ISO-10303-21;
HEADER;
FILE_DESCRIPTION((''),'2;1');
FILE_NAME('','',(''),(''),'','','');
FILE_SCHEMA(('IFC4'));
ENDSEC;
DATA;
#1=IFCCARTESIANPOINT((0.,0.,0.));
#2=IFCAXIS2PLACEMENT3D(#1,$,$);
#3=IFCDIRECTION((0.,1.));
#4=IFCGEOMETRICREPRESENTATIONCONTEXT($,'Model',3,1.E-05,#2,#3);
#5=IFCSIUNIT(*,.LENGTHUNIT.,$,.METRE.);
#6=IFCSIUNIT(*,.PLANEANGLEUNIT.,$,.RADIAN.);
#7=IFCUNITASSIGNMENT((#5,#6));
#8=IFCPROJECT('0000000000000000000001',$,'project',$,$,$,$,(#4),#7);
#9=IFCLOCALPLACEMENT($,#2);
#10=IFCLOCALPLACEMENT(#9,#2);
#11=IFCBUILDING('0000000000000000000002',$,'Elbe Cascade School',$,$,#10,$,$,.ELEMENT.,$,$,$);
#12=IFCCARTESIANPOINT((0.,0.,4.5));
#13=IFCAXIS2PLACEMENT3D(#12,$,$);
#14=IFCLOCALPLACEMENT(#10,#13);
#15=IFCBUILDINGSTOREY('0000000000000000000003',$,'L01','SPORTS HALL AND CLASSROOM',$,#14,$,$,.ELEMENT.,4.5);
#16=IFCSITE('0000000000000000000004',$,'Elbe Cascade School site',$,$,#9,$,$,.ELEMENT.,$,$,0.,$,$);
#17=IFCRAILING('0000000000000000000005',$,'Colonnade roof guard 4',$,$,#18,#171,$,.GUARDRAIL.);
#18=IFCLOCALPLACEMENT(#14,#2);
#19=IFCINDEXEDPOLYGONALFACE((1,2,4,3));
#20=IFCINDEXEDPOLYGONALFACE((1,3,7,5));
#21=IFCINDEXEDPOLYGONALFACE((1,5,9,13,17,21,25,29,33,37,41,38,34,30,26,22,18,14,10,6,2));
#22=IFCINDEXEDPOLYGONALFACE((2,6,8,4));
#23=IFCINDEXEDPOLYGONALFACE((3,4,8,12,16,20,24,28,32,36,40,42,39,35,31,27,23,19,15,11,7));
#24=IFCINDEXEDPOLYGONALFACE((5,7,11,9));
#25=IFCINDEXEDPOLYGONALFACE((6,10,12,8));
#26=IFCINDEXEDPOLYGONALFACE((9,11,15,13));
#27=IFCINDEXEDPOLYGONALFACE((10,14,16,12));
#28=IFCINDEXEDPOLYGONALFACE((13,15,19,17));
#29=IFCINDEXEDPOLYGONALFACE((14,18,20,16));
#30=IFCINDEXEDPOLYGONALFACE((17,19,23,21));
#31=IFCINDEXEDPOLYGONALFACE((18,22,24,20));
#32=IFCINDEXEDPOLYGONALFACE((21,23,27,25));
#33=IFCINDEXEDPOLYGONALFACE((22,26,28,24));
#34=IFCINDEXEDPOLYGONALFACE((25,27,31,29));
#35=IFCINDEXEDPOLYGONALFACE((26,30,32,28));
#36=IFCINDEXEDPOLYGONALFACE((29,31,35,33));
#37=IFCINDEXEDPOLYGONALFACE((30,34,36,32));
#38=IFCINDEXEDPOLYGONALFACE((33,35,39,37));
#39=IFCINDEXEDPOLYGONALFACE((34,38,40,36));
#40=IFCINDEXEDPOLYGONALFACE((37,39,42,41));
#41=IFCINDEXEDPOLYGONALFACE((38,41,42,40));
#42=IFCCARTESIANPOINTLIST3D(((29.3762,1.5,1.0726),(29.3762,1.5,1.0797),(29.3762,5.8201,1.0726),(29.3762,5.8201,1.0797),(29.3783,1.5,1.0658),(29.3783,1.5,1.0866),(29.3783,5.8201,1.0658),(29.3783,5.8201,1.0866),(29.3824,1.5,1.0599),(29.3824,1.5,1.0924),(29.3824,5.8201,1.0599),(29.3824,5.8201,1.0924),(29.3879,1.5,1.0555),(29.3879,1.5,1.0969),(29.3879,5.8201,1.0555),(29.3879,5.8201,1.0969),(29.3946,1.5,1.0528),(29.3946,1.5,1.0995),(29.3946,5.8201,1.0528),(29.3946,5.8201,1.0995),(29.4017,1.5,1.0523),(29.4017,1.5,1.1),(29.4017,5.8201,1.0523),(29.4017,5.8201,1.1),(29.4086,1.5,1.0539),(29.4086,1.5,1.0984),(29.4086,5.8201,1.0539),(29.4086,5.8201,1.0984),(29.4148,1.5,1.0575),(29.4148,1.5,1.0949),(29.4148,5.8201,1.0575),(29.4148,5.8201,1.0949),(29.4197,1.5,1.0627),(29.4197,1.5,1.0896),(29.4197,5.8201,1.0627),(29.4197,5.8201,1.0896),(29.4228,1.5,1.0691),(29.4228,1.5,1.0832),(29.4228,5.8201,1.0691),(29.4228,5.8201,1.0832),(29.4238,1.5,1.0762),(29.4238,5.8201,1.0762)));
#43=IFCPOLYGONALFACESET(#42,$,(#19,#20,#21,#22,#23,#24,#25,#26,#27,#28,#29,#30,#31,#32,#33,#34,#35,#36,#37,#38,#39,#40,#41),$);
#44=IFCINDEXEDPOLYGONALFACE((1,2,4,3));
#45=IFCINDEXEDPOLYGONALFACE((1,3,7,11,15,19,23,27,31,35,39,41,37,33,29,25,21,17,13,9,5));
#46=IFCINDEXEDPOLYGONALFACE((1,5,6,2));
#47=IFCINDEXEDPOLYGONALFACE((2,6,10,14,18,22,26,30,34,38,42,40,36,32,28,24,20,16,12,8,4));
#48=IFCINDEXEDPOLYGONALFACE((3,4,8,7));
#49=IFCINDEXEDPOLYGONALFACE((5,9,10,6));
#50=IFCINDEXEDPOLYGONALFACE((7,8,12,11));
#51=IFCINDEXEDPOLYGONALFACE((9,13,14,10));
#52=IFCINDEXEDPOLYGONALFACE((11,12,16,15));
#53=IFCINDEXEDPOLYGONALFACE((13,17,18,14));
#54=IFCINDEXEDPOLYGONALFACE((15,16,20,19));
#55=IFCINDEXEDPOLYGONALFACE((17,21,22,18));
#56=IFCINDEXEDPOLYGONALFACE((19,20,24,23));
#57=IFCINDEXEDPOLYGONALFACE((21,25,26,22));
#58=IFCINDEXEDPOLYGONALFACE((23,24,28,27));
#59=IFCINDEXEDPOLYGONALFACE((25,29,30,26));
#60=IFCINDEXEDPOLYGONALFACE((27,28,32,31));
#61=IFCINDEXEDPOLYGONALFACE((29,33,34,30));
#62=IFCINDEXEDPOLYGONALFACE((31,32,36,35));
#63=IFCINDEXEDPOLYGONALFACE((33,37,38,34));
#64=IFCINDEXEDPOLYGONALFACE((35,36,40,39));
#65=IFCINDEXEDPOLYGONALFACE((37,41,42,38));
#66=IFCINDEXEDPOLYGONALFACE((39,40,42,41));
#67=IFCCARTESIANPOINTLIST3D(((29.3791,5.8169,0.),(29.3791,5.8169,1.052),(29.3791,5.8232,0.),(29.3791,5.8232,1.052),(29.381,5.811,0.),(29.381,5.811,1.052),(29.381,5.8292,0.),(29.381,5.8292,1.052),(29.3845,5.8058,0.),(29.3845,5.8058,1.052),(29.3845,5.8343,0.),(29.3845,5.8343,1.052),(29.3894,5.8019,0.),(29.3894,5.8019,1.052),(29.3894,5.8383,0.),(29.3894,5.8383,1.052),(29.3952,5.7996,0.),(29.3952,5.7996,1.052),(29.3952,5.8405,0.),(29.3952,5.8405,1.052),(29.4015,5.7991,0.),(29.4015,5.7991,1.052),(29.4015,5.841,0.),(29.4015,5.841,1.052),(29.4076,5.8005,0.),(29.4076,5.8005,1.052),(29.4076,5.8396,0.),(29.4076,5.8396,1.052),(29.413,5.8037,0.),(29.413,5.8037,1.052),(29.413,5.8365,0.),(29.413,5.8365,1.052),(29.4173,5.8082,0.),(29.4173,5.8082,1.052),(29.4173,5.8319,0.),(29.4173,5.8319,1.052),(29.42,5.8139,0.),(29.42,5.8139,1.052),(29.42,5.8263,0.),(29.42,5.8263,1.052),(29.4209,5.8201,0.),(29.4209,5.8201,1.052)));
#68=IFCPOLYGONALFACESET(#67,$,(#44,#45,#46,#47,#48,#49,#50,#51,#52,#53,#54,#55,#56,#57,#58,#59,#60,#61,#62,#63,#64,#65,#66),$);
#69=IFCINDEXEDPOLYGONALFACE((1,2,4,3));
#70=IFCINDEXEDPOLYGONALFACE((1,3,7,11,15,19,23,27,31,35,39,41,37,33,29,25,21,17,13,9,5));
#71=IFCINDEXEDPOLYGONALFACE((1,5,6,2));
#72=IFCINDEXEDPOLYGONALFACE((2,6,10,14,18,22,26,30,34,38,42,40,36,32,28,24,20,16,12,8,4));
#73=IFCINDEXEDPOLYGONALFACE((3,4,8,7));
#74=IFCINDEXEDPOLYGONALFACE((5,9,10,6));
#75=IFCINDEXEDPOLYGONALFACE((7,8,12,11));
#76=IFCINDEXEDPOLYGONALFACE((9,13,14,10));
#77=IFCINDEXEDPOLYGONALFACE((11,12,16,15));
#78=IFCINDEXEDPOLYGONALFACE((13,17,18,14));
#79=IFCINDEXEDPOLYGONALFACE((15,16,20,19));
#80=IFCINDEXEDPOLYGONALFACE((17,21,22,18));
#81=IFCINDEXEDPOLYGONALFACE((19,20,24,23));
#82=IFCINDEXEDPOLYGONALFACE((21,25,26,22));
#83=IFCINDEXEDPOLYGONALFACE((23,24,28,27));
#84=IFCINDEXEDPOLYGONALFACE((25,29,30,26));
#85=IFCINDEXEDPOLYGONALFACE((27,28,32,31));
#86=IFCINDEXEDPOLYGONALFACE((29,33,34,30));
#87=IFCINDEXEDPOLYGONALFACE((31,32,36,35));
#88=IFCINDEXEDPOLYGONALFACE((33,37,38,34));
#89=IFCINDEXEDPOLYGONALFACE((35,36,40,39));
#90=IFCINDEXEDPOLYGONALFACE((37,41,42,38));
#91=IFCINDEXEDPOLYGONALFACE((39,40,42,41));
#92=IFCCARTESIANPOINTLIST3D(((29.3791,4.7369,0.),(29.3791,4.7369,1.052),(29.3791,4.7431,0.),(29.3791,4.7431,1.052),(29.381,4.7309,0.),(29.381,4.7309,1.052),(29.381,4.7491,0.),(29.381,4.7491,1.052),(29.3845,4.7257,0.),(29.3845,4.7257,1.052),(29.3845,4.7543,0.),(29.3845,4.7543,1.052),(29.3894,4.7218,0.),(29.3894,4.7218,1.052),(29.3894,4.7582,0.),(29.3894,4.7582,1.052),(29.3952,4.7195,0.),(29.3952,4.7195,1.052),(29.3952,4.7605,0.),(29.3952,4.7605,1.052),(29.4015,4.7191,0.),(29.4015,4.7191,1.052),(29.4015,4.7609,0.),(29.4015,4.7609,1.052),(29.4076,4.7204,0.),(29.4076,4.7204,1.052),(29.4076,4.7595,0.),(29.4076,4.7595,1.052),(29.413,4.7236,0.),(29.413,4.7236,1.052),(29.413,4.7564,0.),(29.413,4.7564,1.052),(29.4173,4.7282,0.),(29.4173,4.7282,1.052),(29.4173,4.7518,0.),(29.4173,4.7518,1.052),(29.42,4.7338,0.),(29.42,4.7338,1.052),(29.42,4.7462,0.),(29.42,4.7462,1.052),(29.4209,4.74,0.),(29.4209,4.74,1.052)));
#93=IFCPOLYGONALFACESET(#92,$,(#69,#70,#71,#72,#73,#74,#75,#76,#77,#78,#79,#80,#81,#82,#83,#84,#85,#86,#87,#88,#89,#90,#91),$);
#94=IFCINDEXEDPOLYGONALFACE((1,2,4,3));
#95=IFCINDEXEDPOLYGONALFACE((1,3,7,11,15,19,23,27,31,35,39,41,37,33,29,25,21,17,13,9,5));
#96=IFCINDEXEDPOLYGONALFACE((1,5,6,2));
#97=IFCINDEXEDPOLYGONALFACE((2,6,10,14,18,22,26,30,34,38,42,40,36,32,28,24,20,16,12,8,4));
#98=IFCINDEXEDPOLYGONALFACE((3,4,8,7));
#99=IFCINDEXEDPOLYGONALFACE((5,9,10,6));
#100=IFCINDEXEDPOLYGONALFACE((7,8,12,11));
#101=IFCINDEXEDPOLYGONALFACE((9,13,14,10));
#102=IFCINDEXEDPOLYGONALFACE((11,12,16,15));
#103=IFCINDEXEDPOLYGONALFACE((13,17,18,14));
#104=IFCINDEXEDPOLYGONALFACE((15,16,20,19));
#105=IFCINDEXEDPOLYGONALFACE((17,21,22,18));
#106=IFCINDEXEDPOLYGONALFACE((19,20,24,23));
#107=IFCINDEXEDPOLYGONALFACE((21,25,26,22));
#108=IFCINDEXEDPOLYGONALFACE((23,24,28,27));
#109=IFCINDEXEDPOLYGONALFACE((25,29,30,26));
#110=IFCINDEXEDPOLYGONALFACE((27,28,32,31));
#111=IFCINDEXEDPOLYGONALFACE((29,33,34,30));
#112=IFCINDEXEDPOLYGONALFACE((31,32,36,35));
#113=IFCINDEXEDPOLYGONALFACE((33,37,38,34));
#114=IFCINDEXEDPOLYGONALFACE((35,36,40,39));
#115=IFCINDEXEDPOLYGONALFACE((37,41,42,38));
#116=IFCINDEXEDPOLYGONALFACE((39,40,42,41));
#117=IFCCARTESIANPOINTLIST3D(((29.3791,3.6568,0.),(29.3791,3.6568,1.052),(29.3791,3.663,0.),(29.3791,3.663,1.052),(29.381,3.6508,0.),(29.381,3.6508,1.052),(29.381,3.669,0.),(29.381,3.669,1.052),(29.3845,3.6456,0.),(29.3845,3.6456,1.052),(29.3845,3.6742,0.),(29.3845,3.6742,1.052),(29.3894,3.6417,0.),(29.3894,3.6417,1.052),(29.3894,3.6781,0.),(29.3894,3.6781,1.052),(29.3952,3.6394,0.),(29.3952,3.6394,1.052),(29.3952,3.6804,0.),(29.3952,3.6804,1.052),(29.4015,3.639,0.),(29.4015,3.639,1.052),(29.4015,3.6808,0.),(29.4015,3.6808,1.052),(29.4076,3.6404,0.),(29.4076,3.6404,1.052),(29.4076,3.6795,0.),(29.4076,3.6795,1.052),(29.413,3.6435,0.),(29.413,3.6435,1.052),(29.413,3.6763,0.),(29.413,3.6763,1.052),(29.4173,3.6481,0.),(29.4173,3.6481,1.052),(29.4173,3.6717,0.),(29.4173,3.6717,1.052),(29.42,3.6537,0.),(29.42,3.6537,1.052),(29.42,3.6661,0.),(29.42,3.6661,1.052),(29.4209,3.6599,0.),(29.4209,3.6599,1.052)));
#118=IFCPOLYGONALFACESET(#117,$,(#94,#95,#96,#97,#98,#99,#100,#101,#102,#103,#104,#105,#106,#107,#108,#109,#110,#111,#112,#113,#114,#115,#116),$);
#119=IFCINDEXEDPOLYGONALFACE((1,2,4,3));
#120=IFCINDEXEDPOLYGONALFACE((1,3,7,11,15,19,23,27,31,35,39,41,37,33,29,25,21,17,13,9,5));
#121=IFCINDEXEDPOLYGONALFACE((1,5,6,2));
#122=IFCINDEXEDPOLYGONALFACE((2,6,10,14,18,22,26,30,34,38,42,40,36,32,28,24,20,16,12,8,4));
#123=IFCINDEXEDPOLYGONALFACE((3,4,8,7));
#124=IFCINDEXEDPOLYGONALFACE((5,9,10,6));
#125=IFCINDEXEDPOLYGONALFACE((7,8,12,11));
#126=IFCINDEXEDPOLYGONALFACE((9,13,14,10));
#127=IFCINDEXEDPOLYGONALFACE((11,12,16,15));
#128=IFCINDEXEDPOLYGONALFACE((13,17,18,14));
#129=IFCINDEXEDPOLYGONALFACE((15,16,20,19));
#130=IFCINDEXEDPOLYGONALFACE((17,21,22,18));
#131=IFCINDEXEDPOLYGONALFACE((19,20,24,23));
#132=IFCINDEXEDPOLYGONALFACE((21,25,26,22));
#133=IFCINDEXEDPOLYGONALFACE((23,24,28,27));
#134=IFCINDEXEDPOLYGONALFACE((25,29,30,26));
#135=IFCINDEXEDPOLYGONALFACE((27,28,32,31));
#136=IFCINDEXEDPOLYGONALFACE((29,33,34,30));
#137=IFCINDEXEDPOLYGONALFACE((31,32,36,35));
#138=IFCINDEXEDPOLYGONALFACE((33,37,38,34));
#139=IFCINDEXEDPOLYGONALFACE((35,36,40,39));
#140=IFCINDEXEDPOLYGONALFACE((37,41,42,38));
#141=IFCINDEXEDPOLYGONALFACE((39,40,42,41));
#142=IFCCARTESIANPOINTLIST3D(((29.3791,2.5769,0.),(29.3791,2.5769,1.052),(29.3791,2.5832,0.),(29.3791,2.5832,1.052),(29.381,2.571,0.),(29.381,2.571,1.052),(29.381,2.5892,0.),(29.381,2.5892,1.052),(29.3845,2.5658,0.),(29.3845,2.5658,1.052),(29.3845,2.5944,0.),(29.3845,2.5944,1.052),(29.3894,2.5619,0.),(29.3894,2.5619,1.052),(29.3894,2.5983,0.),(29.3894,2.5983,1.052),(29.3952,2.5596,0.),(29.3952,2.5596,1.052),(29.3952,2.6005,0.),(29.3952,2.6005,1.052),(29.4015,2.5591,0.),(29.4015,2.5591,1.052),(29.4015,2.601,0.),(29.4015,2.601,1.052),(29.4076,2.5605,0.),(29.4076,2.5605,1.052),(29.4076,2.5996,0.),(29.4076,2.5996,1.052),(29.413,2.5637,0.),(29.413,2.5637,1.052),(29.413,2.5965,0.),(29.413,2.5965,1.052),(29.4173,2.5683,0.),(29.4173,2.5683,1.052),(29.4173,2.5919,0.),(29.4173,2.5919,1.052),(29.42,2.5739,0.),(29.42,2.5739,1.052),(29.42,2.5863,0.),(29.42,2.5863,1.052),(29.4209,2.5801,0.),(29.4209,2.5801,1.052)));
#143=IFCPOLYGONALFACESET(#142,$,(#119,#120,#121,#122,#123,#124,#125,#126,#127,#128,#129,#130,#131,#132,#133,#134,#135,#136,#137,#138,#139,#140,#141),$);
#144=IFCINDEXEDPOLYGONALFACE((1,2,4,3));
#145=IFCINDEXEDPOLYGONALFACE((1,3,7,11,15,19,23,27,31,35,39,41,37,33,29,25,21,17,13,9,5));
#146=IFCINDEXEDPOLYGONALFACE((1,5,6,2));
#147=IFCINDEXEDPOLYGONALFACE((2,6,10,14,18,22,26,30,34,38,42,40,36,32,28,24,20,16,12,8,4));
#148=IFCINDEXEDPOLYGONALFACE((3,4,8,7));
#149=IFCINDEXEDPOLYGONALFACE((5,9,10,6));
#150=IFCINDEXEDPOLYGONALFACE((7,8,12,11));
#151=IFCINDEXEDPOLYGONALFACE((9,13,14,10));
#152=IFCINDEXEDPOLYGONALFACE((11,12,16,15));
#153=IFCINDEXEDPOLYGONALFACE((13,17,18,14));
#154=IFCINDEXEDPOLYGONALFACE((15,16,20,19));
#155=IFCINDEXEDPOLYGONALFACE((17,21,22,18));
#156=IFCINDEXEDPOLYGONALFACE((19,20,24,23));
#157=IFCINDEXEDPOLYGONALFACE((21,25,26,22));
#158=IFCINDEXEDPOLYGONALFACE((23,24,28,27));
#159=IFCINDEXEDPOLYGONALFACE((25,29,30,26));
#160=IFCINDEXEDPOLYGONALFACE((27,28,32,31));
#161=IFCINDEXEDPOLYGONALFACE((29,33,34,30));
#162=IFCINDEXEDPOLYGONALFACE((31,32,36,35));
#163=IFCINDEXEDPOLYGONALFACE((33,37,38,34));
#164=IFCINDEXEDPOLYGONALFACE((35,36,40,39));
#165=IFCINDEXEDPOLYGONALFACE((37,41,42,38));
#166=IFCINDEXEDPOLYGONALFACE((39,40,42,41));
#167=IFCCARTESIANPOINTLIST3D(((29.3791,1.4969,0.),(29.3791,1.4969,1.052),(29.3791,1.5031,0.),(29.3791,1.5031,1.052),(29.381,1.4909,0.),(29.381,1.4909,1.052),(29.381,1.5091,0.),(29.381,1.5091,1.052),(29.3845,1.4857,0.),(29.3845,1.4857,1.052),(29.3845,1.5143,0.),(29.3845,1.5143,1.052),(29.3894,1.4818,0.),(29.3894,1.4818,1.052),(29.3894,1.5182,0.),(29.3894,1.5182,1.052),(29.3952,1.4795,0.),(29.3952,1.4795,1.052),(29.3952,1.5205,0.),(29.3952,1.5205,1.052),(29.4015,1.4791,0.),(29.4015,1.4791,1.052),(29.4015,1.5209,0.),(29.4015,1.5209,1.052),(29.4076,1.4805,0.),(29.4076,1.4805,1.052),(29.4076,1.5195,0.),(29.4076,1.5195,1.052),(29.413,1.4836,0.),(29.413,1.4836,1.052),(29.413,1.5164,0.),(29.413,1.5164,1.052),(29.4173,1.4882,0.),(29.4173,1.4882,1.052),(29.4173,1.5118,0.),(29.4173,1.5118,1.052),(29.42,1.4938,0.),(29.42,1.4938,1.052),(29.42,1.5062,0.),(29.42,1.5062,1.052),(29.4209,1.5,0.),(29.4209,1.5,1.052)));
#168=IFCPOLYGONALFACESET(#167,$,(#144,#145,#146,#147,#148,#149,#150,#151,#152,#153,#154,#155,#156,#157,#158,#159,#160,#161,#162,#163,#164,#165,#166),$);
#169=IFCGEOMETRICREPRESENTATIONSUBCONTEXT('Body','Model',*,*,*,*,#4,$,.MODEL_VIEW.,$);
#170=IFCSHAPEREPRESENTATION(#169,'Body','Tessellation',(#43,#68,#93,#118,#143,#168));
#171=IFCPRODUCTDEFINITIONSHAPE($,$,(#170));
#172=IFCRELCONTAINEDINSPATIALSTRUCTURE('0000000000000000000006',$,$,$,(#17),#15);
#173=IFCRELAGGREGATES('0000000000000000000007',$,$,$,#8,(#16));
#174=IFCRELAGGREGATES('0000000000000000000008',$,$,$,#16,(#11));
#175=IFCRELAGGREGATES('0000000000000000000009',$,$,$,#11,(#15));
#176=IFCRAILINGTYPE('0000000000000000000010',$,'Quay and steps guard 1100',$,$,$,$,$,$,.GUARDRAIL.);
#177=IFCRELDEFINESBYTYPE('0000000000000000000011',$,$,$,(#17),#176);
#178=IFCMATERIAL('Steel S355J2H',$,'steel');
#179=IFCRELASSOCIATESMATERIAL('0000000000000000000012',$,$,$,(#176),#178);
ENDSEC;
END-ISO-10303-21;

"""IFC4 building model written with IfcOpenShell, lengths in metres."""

from ifc_helpers import new_model, si_unit, direction, frame, origin, origin_2d, place, context, subcontext, project, spatial, circle, extrude, material, type_object, element, save


model = new_model("IFC4")

# Units and contexts
model_context = context("Model", 3, precision=1e-05, world=origin(), true_north=direction((0.0, 1.0)))
body_context = subcontext(model_context, "Body", "Model", "MODEL_VIEW")
ifc_project = project(units=[si_unit("LENGTHUNIT", "METRE"), si_unit("PLANEANGLEUNIT", "RADIAN")], contexts=[model_context])

# Site, building, storey
site_placement = place(None, origin())
site = spatial("IfcSite", under=ifc_project, at=site_placement, Name="Elbe Cascade School site", CompositionType="ELEMENT", RefElevation=0.0)
building_placement = place(site_placement, origin())
building = spatial("IfcBuilding", under=site, at=building_placement, Name="Elbe Cascade School", CompositionType="ELEMENT")
storey_placement = place(building_placement, frame((0.0, 0.0, 4.5)))
storey = spatial("IfcBuildingStorey", under=building, at=storey_placement, Name="L01", Description="SPORTS HALL AND CLASSROOM", CompositionType="ELEMENT", Elevation=4.5)

# Railing
ifc_material_1 = material(Name="Steel S355J2H", Category="steel")
railing_type = type_object("IfcRailingType", Name="Quay and steps guard 1100", PredefinedType="GUARDRAIL", material=ifc_material_1)
railing_1_placement = place(storey_placement, frame((29.3999, 5.8201, 0.0)))
element("IfcRailing", 1, at=railing_1_placement, inside=storey, type_object=railing_type, Name="Colonnade roof guard 4", PredefinedType="GUARDRAIL", context=body_context, shape_type="SweptSolid", body=[
    extrude(circle(Radius=0.0239, at=origin_2d()), frame((0.0, 0.0, 1.0762), z_axis=(0.0, -1.0, 0.0), x_axis=(1.0, 0.0, 0.0)), (0.0, 0.0, 1.0), 4.3201),
    extrude(circle(Radius=0.021, at=origin_2d()), origin(), (0.0, 0.0, 1.0), 1.052),
    extrude(circle(Radius=0.021, at=origin_2d()), frame((0.0, -1.0801, 0.0)), (0.0, 0.0, 1.0), 1.052),
    extrude(circle(Radius=0.021, at=origin_2d()), frame((0.0, -2.1602, 0.0)), (0.0, 0.0, 1.0), 1.052),
    extrude(circle(Radius=0.021, at=origin_2d()), frame((0.0, -3.24, 0.0)), (0.0, 0.0, 1.0), 1.052),
    extrude(circle(Radius=0.021, at=origin_2d()), frame((0.0, -4.3201, 0.0)), (0.0, 0.0, 1.0), 1.052),
])

save(model, "model.ifc")
